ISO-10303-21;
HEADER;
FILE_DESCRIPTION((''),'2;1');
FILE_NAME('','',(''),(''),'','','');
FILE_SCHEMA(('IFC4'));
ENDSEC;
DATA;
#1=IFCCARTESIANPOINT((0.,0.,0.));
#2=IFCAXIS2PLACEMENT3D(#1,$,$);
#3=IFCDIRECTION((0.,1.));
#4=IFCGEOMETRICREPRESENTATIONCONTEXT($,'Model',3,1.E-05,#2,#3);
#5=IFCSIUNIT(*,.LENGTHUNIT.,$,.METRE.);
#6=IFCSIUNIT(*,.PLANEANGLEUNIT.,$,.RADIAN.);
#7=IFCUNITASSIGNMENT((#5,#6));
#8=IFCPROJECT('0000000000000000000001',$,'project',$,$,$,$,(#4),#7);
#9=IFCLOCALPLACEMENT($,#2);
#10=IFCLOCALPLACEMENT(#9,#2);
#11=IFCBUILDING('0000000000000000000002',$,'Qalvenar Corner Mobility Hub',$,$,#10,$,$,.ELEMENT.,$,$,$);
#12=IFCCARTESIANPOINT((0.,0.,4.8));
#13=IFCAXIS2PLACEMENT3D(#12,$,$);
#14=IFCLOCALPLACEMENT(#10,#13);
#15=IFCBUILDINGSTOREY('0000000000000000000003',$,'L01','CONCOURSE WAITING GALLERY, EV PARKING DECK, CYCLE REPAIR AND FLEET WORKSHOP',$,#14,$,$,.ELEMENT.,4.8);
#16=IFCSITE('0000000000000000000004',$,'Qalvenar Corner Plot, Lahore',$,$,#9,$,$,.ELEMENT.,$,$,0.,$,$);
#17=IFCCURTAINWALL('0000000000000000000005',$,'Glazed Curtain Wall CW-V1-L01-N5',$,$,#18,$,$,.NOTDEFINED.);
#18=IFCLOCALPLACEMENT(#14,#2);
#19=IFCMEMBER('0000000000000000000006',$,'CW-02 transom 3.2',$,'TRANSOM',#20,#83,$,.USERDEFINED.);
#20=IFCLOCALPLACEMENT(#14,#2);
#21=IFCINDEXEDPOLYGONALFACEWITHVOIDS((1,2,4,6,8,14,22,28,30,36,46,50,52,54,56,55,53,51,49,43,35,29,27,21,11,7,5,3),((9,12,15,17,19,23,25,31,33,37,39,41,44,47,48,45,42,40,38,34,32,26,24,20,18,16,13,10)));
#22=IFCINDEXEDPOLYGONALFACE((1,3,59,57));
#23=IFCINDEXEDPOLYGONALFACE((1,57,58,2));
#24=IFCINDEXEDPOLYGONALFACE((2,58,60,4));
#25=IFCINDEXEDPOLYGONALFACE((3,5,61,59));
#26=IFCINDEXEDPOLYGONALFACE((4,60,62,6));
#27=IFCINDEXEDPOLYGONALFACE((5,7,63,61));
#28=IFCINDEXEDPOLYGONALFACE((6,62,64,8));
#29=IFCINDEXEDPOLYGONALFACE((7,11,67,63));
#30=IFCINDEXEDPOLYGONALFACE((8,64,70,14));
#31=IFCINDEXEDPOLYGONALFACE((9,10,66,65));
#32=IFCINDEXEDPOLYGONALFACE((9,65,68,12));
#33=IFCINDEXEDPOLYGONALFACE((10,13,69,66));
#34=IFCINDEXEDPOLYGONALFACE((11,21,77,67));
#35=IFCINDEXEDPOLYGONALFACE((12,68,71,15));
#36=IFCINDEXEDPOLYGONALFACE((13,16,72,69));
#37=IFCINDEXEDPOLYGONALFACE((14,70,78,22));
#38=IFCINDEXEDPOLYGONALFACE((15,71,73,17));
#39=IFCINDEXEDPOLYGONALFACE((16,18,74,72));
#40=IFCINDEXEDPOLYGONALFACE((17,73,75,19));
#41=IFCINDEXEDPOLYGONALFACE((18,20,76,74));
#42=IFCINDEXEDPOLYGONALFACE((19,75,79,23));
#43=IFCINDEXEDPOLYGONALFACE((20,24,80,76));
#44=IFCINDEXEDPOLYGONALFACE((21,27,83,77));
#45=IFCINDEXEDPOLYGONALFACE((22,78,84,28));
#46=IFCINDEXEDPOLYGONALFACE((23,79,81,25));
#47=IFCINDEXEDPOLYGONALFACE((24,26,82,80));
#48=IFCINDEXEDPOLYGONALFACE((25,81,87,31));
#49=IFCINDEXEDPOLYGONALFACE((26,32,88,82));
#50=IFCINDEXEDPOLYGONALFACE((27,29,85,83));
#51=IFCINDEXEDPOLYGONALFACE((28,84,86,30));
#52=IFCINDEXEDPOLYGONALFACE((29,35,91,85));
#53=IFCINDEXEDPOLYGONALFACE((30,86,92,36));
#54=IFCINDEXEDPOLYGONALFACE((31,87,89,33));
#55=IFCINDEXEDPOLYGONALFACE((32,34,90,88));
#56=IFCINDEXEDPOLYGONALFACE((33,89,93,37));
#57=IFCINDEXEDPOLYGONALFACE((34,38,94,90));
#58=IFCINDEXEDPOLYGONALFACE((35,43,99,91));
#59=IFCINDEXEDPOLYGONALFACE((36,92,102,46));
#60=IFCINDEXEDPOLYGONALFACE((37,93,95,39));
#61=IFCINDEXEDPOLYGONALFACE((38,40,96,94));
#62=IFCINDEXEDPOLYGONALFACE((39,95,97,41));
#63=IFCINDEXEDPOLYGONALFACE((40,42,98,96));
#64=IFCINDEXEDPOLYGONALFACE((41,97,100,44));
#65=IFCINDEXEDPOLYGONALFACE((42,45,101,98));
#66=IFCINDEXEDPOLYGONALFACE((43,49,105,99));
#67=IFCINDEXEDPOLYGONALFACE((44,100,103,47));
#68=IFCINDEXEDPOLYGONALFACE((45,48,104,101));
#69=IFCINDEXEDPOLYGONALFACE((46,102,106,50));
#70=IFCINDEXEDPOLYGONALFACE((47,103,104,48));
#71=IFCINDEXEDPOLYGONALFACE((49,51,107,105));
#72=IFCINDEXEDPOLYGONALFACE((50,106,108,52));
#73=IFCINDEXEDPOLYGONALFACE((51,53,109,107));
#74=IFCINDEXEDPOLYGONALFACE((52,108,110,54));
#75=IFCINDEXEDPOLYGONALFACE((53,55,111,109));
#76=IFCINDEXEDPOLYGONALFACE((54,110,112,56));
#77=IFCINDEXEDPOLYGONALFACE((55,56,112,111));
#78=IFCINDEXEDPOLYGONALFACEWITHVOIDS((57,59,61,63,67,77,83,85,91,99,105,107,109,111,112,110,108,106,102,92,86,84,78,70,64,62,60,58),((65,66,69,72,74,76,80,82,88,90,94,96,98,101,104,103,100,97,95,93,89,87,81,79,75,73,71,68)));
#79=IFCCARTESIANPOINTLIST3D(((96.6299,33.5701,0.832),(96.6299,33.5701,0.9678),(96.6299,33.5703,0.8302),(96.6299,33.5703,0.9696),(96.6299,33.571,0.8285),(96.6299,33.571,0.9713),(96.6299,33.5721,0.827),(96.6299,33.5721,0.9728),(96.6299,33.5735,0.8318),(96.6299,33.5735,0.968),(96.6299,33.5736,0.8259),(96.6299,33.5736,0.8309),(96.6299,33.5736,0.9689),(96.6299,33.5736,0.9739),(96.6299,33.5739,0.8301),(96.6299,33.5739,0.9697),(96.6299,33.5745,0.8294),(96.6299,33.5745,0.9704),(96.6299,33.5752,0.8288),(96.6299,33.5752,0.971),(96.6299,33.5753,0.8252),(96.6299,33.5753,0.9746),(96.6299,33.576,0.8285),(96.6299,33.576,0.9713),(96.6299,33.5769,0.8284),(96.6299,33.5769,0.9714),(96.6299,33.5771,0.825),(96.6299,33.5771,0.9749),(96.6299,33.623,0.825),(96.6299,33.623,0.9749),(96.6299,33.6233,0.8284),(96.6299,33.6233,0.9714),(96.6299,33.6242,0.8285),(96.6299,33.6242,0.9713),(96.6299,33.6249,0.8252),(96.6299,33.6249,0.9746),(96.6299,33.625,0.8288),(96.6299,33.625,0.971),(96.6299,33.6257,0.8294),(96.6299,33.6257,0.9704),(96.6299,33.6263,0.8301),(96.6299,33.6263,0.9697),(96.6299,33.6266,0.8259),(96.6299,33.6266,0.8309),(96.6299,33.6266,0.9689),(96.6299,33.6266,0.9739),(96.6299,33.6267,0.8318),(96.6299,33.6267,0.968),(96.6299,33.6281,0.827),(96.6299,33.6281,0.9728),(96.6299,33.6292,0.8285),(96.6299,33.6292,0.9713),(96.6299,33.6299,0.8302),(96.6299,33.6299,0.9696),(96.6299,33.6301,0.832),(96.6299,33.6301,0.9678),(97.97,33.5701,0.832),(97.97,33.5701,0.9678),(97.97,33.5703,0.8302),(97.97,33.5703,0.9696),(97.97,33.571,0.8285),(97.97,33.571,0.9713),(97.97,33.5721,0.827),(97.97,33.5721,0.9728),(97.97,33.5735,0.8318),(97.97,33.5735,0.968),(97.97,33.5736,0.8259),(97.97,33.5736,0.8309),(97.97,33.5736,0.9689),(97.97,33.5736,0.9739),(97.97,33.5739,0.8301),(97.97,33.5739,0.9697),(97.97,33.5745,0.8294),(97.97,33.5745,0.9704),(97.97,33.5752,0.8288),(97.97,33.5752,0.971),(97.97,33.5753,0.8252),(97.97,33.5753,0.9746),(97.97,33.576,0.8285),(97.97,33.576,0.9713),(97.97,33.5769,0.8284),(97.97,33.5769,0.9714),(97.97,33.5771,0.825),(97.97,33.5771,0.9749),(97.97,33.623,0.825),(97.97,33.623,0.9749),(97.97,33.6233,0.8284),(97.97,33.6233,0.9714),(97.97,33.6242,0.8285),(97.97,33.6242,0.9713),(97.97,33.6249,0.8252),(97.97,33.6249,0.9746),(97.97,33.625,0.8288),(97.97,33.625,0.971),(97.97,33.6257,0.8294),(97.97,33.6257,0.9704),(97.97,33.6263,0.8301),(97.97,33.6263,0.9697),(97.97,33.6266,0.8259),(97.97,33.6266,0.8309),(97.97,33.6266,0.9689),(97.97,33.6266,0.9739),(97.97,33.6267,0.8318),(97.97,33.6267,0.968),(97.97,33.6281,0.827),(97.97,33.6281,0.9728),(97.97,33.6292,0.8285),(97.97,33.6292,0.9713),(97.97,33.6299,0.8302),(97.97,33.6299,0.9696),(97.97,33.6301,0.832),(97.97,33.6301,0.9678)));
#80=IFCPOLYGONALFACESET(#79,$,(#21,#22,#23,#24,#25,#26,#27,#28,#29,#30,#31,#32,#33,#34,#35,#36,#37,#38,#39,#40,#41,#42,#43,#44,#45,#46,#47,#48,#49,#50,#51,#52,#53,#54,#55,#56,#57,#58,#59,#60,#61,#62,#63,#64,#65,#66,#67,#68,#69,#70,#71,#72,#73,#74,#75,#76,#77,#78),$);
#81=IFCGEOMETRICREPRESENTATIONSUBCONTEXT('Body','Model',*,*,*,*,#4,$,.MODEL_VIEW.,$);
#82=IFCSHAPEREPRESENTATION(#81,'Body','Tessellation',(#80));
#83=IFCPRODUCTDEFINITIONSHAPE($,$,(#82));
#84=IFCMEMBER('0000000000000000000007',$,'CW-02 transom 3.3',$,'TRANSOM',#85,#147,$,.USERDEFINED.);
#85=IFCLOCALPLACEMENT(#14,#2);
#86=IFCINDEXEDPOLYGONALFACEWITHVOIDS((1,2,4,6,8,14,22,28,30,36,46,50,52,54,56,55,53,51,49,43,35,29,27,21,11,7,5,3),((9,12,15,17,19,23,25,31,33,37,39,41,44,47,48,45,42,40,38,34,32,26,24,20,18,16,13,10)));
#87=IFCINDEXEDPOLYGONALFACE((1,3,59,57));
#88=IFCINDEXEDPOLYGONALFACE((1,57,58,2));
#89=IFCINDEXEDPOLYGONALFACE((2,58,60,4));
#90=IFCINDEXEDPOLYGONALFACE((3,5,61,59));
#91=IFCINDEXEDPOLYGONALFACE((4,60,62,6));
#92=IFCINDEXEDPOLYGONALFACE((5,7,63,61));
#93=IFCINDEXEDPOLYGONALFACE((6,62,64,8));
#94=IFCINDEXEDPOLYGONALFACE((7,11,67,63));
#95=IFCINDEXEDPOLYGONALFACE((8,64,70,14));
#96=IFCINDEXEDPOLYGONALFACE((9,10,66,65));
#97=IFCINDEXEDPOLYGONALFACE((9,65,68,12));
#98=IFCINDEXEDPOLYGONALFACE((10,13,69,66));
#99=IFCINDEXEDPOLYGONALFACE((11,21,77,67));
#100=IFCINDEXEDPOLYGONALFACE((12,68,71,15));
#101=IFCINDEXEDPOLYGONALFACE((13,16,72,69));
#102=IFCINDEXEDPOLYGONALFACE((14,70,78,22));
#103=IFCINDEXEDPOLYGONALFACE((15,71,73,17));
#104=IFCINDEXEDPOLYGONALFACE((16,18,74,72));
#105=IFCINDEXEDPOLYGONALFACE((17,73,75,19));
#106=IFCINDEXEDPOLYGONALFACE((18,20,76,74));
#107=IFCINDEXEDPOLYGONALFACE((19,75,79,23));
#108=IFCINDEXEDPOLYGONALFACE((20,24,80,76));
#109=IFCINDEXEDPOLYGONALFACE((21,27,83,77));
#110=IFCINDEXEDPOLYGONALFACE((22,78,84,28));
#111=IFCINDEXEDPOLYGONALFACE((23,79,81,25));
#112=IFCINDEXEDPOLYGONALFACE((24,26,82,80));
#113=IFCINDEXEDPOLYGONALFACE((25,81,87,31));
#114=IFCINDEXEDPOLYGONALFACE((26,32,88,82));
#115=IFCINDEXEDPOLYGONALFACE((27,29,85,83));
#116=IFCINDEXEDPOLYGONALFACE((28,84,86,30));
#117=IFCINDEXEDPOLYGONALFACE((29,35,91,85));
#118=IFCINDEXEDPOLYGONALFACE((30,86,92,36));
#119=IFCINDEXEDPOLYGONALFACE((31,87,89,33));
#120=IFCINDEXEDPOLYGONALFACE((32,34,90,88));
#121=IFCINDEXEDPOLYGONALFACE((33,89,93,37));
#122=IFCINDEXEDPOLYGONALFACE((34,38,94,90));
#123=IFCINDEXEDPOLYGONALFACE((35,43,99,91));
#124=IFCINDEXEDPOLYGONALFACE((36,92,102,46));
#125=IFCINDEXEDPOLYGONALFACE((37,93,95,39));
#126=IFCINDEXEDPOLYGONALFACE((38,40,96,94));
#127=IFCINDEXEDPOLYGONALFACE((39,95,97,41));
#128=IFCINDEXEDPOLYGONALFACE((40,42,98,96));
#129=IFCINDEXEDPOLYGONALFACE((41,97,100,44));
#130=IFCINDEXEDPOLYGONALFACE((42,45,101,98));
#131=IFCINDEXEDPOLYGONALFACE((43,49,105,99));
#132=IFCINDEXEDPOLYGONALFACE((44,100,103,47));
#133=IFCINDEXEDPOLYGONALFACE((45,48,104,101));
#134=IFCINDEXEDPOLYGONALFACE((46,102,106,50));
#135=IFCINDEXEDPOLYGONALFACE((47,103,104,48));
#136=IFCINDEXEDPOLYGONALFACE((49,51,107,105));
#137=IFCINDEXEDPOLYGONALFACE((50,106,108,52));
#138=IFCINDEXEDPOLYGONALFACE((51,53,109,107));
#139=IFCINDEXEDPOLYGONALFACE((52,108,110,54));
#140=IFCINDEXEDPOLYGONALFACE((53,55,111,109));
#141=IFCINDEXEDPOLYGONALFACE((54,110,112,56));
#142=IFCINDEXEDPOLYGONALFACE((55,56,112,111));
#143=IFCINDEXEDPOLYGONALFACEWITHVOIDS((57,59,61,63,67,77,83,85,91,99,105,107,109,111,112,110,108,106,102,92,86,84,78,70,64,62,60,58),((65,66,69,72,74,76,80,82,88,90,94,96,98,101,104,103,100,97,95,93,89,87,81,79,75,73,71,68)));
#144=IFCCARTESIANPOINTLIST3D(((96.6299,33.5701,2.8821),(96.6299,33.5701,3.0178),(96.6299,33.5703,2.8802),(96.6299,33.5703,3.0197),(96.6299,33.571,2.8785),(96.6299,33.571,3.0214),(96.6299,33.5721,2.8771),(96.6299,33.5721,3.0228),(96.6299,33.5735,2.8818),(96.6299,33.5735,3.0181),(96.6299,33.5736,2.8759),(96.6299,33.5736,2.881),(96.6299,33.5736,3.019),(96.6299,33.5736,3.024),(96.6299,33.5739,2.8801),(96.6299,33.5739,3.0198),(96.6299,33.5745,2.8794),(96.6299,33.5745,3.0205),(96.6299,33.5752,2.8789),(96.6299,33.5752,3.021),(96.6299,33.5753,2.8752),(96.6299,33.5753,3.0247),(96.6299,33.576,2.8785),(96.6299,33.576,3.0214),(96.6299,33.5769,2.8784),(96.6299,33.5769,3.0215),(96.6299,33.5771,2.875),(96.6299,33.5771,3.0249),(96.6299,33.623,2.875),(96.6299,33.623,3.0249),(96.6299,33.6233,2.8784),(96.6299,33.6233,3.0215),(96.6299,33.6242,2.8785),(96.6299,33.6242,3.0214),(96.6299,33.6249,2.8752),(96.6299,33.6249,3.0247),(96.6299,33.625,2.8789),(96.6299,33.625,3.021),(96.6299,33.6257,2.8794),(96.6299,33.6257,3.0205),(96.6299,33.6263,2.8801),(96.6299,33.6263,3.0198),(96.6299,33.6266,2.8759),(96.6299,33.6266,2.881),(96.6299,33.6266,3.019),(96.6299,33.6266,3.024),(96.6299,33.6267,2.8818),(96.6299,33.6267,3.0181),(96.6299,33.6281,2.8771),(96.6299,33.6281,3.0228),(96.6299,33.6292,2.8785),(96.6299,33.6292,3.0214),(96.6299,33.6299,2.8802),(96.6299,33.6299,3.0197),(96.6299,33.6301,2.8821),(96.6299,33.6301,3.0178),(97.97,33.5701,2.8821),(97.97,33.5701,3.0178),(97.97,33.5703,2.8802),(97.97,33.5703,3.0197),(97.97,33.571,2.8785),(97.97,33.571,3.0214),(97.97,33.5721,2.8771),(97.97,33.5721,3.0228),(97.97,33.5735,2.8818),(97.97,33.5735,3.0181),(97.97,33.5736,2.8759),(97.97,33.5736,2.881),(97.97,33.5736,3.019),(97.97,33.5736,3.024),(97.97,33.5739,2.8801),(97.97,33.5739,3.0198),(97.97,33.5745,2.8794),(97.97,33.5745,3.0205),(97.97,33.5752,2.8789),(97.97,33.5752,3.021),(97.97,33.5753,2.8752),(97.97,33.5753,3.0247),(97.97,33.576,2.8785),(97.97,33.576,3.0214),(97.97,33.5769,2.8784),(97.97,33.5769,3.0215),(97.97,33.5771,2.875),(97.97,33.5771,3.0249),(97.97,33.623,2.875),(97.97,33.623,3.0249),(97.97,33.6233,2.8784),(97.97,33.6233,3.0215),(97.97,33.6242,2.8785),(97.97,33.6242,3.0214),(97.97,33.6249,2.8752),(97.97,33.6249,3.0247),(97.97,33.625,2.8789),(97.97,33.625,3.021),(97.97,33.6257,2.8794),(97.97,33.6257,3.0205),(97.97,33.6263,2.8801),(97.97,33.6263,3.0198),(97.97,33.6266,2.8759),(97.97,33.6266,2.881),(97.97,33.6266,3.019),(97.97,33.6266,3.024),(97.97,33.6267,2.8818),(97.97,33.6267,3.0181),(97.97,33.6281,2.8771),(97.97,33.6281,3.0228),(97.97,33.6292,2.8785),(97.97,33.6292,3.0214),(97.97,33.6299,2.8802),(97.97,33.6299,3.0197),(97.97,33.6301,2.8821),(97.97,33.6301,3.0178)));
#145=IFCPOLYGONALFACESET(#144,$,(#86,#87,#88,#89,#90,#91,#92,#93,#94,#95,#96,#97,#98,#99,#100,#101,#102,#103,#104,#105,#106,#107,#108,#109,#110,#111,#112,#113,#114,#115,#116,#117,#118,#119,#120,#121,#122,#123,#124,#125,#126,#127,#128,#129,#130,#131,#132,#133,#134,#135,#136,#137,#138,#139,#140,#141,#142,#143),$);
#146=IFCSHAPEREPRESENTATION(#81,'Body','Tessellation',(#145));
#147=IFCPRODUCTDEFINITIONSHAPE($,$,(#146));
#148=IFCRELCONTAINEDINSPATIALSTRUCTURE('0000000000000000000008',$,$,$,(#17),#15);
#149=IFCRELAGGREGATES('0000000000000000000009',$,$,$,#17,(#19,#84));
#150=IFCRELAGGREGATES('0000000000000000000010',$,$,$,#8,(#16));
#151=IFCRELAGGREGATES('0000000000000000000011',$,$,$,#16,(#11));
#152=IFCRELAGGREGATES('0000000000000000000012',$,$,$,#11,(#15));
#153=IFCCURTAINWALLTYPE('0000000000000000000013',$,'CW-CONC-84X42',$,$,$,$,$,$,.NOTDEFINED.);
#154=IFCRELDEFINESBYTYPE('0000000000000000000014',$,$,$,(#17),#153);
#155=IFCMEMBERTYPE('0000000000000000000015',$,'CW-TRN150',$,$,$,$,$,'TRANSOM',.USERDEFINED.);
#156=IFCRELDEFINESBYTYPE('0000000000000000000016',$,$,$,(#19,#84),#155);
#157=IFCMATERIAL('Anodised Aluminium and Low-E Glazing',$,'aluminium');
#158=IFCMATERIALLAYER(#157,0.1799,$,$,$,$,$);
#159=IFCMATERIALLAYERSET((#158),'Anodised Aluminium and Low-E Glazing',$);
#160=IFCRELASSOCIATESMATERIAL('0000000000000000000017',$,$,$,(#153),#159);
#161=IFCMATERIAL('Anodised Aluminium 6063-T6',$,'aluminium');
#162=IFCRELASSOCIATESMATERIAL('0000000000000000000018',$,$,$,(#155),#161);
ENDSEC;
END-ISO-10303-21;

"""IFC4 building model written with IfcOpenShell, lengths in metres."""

from ifc_helpers import new_model, si_unit, direction, frame, origin, origin_2d, place, context, subcontext, project, spatial, hollow_rectangle, extrude, material, layer, layer_set, material_profile, profile_set, type_object, element, aggregate, save


model = new_model("IFC4")

# Units and contexts
model_context = context("Model", 3, precision=1e-05, world=origin(), true_north=direction((0.0, 1.0)))
body_context = subcontext(model_context, "Body", "Model", "MODEL_VIEW")
ifc_project = project(units=[si_unit("LENGTHUNIT", "METRE"), si_unit("PLANEANGLEUNIT", "RADIAN")], contexts=[model_context])

# Site, building, storey
site_placement = place(None, origin())
site = spatial("IfcSite", under=ifc_project, at=site_placement, Name="Qalvenar Corner Plot, Lahore", CompositionType="ELEMENT", RefElevation=0.0)
building_placement = place(site_placement, origin())
building = spatial("IfcBuilding", under=site, at=building_placement, Name="Qalvenar Corner Mobility Hub", CompositionType="ELEMENT")
storey_placement = place(building_placement, frame((0.0, 0.0, 4.8)))
storey = spatial("IfcBuildingStorey", under=building, at=storey_placement, Name="L01", Description="CONCOURSE WAITING GALLERY, EV PARKING DECK, CYCLE REPAIR AND FLEET WORKSHOP", CompositionType="ELEMENT", Elevation=4.8)

# Curtain wall
ifc_material_1 = material(Name="Anodised Aluminium and Low-E Glazing", Category="aluminium")
ifc_layer_1 = layer(ifc_material_1, 0.1799)
ifc_layer_set_1 = layer_set([ifc_layer_1], Name="Anodised Aluminium and Low-E Glazing")
curtain_wall_type = type_object("IfcCurtainWallType", Name="CW-CONC-84X42", PredefinedType="NOTDEFINED", material=ifc_layer_set_1)
curtain_wall_1_placement = place(storey_placement, origin())
curtain_wall_1 = element("IfcCurtainWall", 1, at=curtain_wall_1_placement, inside=storey, type_object=curtain_wall_type, Name="Glazed Curtain Wall CW-V1-L01-N5", PredefinedType="NOTDEFINED")
ifc_material_2 = material(Name="Anodised Aluminium 6063-T6", Category="aluminium")

# Members
ifc_material_profile_1 = material_profile(ifc_material_2, hollow_rectangle(XDim=0.0601, YDim=0.1499, WallThickness=0.0034, InnerFilletRadius=0.0034, OuterFilletRadius=0.0071, at=origin_2d()), Name="RHS150x60x3.5")
ifc_profile_set_1 = profile_set([ifc_material_profile_1], Name="Anodised Aluminium 6063-T6")
member_type_1 = type_object("IfcMemberType", Name="CW-TRN150", ElementType="TRANSOM", PredefinedType="USERDEFINED", material=ifc_profile_set_1)
member_1_placement = place(storey_placement, frame((97.97, 33.6001, 0.8999), z_axis=(-1.0, 0.0, 0.0), x_axis=(0.0, -1.0, 0.0)))
member_1 = element("IfcMember", 2, at=member_1_placement, type_object=member_type_1, Name="CW-02 transom 3.2", ObjectType="TRANSOM", PredefinedType="USERDEFINED", context=body_context, shape_type="SweptSolid", body=[
    extrude(hollow_rectangle(XDim=0.0601, YDim=0.1499, WallThickness=0.0034, InnerFilletRadius=0.0034, OuterFilletRadius=0.0071, at=origin_2d()), origin(), (0.0, 0.0, 1.0), 1.3401),
])
member_2_placement = place(storey_placement, frame((97.97, 33.6001, 2.95), z_axis=(-1.0, 0.0, 0.0), x_axis=(0.0, -1.0, 0.0)))
member_2 = element("IfcMember", 3, at=member_2_placement, type_object=member_type_1, Name="CW-02 transom 3.3", ObjectType="TRANSOM", PredefinedType="USERDEFINED", context=body_context, shape_type="SweptSolid", body=[
    extrude(hollow_rectangle(XDim=0.0601, YDim=0.1499, WallThickness=0.0034, InnerFilletRadius=0.0034, OuterFilletRadius=0.0071, at=origin_2d()), origin(), (0.0, 0.0, 1.0), 1.3401),
])

aggregate(curtain_wall_1, [member_1, member_2])

save(model, "model.ifc")
